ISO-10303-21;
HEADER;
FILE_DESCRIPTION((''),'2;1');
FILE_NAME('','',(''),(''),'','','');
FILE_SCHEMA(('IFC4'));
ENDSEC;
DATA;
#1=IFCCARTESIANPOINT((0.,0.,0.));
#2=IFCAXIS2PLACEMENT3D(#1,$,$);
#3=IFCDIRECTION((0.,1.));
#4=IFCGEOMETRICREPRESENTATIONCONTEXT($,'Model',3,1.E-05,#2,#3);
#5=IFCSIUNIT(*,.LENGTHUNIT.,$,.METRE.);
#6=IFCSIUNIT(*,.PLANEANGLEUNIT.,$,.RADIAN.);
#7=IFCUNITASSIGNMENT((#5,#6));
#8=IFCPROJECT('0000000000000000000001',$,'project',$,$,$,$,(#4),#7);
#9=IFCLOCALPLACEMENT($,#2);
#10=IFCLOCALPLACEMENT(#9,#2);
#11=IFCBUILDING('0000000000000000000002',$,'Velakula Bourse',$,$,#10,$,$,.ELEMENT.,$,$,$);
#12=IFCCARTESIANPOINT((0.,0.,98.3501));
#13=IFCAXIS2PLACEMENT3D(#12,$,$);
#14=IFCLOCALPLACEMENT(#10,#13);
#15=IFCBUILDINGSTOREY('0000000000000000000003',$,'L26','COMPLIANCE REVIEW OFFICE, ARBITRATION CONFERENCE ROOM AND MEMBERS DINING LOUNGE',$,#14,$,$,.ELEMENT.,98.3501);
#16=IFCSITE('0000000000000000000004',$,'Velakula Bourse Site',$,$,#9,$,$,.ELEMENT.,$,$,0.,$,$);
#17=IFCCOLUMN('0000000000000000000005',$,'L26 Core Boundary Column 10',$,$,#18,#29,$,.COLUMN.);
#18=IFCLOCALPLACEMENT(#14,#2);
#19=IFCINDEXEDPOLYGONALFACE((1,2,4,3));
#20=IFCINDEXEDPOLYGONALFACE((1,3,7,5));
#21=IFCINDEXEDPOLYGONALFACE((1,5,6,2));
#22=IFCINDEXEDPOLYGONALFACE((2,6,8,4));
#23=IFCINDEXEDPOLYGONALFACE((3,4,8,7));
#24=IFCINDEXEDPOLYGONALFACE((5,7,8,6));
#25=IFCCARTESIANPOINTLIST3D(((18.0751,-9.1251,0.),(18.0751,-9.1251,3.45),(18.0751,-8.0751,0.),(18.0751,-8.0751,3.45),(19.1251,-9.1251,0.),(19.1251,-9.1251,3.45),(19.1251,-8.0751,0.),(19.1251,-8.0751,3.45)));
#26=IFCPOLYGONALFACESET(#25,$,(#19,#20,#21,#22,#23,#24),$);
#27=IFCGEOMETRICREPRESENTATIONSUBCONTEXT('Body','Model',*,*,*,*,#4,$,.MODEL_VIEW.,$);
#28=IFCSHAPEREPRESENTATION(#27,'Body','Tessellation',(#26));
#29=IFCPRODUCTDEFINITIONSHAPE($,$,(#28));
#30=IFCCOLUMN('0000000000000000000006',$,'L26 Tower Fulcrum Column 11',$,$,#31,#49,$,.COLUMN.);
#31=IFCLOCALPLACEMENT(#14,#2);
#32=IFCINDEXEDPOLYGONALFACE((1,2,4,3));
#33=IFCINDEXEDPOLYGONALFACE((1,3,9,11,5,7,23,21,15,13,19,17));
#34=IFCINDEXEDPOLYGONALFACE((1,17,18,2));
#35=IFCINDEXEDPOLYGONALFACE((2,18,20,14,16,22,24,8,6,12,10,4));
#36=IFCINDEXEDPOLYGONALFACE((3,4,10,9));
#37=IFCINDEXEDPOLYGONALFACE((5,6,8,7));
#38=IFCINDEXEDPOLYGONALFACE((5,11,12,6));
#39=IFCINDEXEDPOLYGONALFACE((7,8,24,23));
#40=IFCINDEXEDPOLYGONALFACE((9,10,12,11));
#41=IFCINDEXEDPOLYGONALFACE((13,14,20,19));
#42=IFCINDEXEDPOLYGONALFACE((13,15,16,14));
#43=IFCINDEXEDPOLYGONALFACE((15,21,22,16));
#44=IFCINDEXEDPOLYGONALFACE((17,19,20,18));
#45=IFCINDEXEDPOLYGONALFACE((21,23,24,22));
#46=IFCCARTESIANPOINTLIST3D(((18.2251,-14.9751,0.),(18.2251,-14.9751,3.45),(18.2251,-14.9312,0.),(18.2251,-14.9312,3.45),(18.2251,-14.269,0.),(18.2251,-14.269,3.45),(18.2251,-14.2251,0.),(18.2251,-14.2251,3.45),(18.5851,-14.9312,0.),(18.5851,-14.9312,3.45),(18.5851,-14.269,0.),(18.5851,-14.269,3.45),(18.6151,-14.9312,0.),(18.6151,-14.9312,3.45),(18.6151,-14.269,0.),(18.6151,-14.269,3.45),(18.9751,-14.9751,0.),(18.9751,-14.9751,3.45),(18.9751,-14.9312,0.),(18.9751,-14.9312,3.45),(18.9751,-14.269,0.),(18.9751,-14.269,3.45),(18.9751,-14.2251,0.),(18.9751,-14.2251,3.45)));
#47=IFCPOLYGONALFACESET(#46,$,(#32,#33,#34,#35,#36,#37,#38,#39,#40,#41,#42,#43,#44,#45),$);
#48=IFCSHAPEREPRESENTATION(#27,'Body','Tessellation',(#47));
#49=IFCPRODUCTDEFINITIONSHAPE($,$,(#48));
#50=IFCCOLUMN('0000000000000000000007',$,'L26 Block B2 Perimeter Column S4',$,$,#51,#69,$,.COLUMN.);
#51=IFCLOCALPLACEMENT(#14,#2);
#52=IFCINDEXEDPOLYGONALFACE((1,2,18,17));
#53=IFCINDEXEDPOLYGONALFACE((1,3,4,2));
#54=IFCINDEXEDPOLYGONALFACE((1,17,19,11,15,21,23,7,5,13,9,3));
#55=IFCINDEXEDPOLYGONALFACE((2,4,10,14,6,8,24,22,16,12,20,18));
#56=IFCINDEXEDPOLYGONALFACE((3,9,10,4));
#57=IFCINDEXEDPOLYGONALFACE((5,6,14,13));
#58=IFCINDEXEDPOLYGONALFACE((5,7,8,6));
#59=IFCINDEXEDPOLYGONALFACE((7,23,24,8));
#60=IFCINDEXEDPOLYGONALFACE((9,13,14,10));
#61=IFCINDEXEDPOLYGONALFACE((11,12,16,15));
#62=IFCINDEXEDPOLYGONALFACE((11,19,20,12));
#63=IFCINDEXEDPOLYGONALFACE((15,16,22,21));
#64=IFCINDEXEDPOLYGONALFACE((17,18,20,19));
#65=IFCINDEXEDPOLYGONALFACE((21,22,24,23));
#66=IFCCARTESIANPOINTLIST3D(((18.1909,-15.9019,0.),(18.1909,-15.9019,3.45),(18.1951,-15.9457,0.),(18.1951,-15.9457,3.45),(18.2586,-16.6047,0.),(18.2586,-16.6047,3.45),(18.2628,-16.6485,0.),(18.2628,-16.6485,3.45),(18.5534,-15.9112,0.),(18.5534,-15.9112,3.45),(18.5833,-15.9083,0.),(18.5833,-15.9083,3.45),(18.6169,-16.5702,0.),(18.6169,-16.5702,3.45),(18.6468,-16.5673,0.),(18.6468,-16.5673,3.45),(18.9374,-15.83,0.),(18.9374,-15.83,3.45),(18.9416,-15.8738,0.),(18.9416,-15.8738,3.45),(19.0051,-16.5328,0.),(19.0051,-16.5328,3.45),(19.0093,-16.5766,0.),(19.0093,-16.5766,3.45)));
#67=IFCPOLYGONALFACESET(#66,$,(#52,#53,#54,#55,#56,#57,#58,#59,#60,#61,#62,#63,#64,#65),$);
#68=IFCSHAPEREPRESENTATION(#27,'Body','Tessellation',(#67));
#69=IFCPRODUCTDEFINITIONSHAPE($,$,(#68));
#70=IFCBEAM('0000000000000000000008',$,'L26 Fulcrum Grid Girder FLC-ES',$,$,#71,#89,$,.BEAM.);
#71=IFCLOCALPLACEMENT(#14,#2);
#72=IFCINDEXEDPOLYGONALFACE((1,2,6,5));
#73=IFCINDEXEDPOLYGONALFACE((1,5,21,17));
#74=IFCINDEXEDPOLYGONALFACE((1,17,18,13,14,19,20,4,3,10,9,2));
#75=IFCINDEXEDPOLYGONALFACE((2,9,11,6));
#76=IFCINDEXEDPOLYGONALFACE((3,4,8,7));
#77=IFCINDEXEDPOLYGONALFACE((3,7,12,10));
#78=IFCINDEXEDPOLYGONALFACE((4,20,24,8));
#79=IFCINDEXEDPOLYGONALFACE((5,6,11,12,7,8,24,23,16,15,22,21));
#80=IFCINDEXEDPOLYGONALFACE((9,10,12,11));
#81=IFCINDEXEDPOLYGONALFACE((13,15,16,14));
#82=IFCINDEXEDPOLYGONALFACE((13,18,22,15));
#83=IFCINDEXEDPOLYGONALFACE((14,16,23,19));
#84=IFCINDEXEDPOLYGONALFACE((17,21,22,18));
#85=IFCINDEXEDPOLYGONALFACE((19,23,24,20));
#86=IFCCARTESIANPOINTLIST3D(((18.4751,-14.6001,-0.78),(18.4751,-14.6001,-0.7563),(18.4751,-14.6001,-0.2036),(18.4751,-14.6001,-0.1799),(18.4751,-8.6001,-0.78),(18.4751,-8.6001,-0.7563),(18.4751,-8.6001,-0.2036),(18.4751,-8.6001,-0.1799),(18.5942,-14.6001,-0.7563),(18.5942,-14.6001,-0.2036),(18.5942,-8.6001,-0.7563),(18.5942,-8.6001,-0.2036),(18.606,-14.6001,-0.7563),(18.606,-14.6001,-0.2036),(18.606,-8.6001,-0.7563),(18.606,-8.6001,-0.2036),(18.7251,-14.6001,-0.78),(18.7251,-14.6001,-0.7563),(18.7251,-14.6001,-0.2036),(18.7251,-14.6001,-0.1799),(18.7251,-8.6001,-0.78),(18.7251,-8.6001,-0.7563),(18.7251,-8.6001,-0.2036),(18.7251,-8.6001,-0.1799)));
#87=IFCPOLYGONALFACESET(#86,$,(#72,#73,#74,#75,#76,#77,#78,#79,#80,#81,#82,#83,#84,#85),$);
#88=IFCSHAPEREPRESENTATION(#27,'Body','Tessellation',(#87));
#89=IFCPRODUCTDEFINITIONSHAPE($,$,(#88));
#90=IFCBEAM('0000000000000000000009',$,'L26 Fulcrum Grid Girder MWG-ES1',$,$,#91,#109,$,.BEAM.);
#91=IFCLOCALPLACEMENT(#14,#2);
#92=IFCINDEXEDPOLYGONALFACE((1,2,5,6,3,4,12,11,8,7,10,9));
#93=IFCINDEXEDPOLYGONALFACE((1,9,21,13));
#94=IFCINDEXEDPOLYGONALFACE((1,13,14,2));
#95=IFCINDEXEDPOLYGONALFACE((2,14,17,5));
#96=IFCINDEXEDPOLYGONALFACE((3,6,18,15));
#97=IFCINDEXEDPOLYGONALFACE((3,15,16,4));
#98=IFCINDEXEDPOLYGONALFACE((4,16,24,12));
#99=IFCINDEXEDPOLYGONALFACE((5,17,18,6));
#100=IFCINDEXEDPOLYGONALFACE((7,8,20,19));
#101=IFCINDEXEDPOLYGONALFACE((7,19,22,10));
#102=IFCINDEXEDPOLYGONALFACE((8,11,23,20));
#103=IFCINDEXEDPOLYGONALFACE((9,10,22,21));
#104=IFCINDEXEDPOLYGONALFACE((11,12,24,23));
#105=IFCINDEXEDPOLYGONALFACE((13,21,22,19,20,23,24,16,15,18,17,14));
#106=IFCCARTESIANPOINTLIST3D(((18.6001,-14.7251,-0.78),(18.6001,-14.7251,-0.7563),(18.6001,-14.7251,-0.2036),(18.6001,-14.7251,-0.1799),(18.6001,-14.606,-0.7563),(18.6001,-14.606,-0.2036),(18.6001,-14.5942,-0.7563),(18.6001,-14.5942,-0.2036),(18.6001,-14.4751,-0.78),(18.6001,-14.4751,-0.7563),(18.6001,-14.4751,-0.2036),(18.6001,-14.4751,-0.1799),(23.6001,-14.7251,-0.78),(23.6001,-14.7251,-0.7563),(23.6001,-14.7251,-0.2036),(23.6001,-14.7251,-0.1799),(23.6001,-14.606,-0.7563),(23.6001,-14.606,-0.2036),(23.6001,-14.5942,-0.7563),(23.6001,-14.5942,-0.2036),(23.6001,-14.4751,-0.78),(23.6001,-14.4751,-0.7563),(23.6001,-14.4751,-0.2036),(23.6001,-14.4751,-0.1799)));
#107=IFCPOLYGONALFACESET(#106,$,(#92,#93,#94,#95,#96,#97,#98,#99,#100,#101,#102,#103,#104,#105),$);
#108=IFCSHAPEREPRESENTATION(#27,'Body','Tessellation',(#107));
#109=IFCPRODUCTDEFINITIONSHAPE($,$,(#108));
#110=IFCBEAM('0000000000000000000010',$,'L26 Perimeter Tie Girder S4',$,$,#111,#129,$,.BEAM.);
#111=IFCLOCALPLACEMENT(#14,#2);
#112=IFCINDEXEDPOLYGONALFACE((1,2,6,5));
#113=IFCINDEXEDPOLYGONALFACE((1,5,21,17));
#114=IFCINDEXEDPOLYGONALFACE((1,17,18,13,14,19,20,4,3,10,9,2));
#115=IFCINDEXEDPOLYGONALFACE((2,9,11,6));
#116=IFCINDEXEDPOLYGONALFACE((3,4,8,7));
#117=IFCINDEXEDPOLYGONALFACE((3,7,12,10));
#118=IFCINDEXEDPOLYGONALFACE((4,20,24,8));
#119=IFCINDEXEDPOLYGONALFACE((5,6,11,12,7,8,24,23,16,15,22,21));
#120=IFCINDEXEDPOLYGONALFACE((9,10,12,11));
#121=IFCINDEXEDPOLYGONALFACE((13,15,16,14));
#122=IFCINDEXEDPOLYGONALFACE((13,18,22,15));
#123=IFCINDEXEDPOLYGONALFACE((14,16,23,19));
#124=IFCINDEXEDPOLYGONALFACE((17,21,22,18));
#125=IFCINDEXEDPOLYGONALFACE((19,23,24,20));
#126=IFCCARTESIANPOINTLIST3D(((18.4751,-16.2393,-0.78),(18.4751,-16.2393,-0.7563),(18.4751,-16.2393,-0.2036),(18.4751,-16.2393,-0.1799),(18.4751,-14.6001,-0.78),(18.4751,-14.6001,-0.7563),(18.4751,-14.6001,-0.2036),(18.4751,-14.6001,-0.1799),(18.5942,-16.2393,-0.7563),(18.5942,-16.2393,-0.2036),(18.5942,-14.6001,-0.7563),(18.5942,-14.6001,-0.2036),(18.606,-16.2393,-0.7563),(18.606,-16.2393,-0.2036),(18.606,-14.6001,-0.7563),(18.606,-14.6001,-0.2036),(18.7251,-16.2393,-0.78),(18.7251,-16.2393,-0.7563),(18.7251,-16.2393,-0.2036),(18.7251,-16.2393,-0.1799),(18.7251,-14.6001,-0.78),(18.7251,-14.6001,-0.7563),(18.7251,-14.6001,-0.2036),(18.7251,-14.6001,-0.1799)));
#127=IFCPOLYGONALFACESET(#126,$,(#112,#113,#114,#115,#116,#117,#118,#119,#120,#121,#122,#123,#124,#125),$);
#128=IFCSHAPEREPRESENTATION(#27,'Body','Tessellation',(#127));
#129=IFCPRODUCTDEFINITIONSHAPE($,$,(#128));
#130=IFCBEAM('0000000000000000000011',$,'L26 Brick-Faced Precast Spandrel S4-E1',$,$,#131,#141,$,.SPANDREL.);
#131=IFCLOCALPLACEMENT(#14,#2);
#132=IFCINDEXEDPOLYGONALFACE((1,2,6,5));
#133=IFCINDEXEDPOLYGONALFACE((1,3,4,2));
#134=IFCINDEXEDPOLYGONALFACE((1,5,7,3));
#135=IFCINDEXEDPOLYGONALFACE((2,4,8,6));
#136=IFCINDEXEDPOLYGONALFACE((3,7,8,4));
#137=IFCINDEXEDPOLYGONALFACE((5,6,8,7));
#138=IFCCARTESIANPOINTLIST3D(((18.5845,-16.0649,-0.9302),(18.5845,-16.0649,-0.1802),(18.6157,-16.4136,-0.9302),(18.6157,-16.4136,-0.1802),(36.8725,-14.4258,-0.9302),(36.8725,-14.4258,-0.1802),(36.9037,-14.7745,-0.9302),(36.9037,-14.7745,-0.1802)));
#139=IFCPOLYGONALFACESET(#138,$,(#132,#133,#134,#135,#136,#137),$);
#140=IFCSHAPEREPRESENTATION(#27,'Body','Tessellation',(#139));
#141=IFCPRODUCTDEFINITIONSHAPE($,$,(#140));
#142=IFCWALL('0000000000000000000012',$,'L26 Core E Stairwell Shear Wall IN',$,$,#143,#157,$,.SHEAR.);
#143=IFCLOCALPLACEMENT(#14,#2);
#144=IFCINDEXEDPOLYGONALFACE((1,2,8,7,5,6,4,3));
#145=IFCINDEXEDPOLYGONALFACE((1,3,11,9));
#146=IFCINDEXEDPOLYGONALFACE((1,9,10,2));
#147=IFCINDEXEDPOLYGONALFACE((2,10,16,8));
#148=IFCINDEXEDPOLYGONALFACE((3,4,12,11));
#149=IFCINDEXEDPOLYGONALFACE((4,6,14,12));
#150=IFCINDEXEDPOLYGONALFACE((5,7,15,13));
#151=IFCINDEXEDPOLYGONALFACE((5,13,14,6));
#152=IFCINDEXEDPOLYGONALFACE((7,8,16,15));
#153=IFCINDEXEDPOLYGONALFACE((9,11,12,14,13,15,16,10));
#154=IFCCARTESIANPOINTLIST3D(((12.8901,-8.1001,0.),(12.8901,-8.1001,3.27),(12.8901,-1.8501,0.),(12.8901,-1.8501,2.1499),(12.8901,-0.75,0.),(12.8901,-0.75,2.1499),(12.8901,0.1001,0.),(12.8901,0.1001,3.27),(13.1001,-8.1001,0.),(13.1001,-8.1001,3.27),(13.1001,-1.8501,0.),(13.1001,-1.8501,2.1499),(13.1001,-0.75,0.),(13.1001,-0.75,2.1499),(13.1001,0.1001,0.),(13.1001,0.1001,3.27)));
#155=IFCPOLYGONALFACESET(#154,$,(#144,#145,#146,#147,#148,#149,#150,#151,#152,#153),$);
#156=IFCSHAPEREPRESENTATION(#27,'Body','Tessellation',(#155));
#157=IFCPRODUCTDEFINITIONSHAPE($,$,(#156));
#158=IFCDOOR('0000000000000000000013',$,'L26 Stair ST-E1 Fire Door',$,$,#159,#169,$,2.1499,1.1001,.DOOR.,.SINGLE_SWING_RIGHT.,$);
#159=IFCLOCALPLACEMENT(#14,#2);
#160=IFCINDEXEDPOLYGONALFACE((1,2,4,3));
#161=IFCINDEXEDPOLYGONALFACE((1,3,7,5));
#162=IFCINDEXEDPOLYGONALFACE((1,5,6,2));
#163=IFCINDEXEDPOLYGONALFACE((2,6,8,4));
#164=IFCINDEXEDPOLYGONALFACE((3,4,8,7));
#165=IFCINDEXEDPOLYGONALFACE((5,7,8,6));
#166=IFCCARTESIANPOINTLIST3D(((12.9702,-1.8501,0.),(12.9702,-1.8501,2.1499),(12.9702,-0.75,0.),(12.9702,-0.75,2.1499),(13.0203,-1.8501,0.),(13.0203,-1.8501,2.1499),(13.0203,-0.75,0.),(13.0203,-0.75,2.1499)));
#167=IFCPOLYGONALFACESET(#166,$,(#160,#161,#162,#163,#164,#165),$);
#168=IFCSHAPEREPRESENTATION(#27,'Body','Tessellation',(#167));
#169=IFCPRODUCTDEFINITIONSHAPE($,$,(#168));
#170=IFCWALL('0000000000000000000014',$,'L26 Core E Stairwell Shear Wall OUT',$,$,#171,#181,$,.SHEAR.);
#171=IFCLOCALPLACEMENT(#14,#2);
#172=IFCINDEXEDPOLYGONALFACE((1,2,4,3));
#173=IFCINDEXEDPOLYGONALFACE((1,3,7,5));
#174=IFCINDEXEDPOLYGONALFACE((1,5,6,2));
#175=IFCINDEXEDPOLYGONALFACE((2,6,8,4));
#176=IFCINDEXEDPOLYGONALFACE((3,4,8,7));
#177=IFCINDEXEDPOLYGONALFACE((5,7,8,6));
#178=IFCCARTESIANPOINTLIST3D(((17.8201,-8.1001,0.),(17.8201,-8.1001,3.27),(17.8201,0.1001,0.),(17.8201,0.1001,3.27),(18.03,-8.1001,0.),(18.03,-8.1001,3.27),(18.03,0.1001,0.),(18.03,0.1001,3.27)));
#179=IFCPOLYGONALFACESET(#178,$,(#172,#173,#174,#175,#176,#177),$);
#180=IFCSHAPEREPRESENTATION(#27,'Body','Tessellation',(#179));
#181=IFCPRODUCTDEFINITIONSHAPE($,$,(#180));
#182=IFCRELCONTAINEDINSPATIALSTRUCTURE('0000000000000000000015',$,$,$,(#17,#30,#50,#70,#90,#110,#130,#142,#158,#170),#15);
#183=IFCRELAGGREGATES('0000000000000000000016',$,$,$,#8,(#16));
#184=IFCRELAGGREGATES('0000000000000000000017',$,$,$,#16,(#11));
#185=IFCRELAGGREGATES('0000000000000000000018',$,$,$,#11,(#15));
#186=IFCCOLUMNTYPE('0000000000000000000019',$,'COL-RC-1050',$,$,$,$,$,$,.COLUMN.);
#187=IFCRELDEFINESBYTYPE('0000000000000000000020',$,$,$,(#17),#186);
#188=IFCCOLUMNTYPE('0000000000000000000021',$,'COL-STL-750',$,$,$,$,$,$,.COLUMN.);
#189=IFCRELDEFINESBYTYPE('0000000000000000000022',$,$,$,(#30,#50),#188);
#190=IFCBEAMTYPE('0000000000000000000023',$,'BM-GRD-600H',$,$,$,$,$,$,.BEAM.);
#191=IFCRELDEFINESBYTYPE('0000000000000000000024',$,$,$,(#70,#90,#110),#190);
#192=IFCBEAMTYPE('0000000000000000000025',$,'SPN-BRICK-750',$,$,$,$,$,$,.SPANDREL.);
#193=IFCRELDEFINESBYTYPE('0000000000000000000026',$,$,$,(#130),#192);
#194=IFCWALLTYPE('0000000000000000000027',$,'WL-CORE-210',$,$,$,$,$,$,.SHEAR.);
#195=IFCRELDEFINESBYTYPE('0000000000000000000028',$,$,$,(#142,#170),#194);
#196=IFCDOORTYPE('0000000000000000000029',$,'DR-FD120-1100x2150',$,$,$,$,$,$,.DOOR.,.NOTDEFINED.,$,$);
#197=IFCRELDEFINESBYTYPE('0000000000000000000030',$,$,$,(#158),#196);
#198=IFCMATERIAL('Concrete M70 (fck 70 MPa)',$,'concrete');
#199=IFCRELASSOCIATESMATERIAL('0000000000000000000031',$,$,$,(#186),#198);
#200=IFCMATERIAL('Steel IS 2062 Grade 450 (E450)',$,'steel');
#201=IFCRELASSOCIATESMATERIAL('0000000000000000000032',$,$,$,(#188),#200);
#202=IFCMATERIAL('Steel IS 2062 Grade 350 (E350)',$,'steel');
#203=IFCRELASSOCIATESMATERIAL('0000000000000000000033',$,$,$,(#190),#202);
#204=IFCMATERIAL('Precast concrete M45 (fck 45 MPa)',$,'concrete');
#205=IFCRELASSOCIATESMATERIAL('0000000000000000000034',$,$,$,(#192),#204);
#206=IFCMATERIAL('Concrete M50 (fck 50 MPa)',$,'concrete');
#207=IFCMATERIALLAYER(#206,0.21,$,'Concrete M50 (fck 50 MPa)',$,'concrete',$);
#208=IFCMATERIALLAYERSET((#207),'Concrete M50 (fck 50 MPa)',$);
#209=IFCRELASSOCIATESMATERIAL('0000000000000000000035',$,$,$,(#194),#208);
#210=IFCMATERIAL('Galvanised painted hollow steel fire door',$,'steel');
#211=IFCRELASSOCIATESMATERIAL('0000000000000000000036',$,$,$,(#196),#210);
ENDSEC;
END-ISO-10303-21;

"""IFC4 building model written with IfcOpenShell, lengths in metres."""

from ifc_helpers import new_model, si_unit, direction, frame, frame_2d, origin, origin_2d, place, context, subcontext, project, spatial, rectangle, i_section, extrude, material, layer, layer_set, material_profile, profile_set, type_object, element, fill, save


model = new_model("IFC4")

# Units and contexts
model_context = context("Model", 3, precision=1e-05, world=origin(), true_north=direction((0.0, 1.0)))
body_context = subcontext(model_context, "Body", "Model", "MODEL_VIEW")
ifc_project = project(units=[si_unit("LENGTHUNIT", "METRE"), si_unit("PLANEANGLEUNIT", "RADIAN")], contexts=[model_context])

# Site, building, storey
site_placement = place(None, origin())
site = spatial("IfcSite", under=ifc_project, at=site_placement, Name="Velakula Bourse Site", CompositionType="ELEMENT", RefElevation=0.0)
building_placement = place(site_placement, origin())
building = spatial("IfcBuilding", under=site, at=building_placement, Name="Velakula Bourse", CompositionType="ELEMENT")
storey_placement = place(building_placement, frame((0.0, 0.0, 98.3501)))
storey = spatial("IfcBuildingStorey", under=building, at=storey_placement, Name="L26", Description="COMPLIANCE REVIEW OFFICE, ARBITRATION CONFERENCE ROOM AND MEMBERS DINING LOUNGE", CompositionType="ELEMENT", Elevation=98.3501)

# Columns
ifc_material_1 = material(Name="Concrete M70 (fck 70 MPa)", Category="concrete")
ifc_material_profile_1 = material_profile(ifc_material_1, rectangle(XDim=1.05, YDim=1.05, at=origin_2d()), Name="Concrete M70 (fck 70 MPa)")
ifc_profile_set_1 = profile_set([ifc_material_profile_1], Name="Concrete M70 (fck 70 MPa)")
column_type_1 = type_object("IfcColumnType", Name="COL-RC-1050", PredefinedType="COLUMN", material=ifc_profile_set_1)
column_placement = place(storey_placement, frame((18.6001, -8.6001, 0.0), z_axis=(0.0, 0.0, 1.0), x_axis=(1.0, 0.0, 0.0)))
element("IfcColumn", 1, at=column_placement, inside=storey, type_object=column_type_1, Name="L26 Core Boundary Column 10", PredefinedType="COLUMN", context=body_context, shape_type="SweptSolid", body=[
    extrude(rectangle(XDim=1.05, YDim=1.05, at=origin_2d()), origin(), (0.0, 0.0, 1.0), 3.45),
])
ifc_material_2 = material(Name="Steel IS 2062 Grade 450 (E450)", Category="steel")
ifc_material_profile_2 = material_profile(ifc_material_2, i_section(OverallWidth=0.75, OverallDepth=0.75, WebThickness=0.03, FlangeThickness=0.0439, at=origin_2d()), Name="Steel IS 2062 Grade 450 (E450)")
ifc_profile_set_2 = profile_set([ifc_material_profile_2], Name="Steel IS 2062 Grade 450 (E450)")
column_type_2 = type_object("IfcColumnType", Name="COL-STL-750", PredefinedType="COLUMN", material=ifc_profile_set_2)
for number, where, z_axis, x_axis, name in (
    (2, (18.6001, -14.6001, 0.0), (0.0, 0.0, 1.0), (1.0, 0.0, 0.0), "L26 Tower Fulcrum Column 11"),
    (3, (18.6001, -16.2393, 0.0), (0.0, 0.0, 1.0), (0.995396, 0.095846, 0.0), "L26 Block B2 Perimeter Column S4"),
):
    element("IfcColumn", number, at=place(storey_placement, frame(where, z_axis=z_axis, x_axis=x_axis)), inside=storey, type_object=column_type_2, Name=name, PredefinedType="COLUMN", context=body_context, shape_type="SweptSolid", body=[
        extrude(i_section(OverallWidth=0.75, OverallDepth=0.75, WebThickness=0.03, FlangeThickness=0.0439, at=origin_2d()), origin(), (0.0, 0.0, 1.0), 3.45),
    ])

# Beams
ifc_material_3 = material(Name="Steel IS 2062 Grade 350 (E350)", Category="steel")
ifc_material_profile_3 = material_profile(ifc_material_3, i_section(OverallWidth=0.25, OverallDepth=0.6001, WebThickness=0.0117, FlangeThickness=0.0237, at=origin_2d()), Name="Steel IS 2062 Grade 350 (E350)")
ifc_profile_set_3 = profile_set([ifc_material_profile_3], Name="Steel IS 2062 Grade 350 (E350)")
beam_type_1 = type_object("IfcBeamType", Name="BM-GRD-600H", PredefinedType="BEAM", material=ifc_profile_set_3)
beam_1_placement = place(storey_placement, frame((18.6001, -14.6001, -0.48), z_axis=(0.0, 1.0, 0.0), x_axis=(-1.0, 0.0, 0.0)))
element("IfcBeam", 4, at=beam_1_placement, inside=storey, type_object=beam_type_1, Name="L26 Fulcrum Grid Girder FLC-ES", PredefinedType="BEAM", context=body_context, shape_type="SweptSolid", body=[
    extrude(i_section(OverallWidth=0.25, OverallDepth=0.6001, WebThickness=0.0117, FlangeThickness=0.0237, at=origin_2d()), origin(), (0.0, 0.0, 1.0), 6.0),
])
beam_2_placement = place(storey_placement, frame((18.6001, -14.6001, -0.48), z_axis=(1.0, 0.0, 0.0), x_axis=(0.0, 1.0, 0.0)))
element("IfcBeam", 5, at=beam_2_placement, inside=storey, type_object=beam_type_1, Name="L26 Fulcrum Grid Girder MWG-ES1", PredefinedType="BEAM", context=body_context, shape_type="SweptSolid", body=[
    extrude(i_section(OverallWidth=0.25, OverallDepth=0.6001, WebThickness=0.0117, FlangeThickness=0.0237, at=origin_2d()), origin(), (0.0, 0.0, 1.0), 5.0),
])
beam_3_placement = place(storey_placement, frame((18.6001, -14.6001, -0.48), z_axis=(0.0, -1.0, 0.0), x_axis=(1.0, 0.0, 0.0)))
element("IfcBeam", 6, at=beam_3_placement, inside=storey, type_object=beam_type_1, Name="L26 Perimeter Tie Girder S4", PredefinedType="BEAM", context=body_context, shape_type="SweptSolid", body=[
    extrude(i_section(OverallWidth=0.25, OverallDepth=0.6001, WebThickness=0.0117, FlangeThickness=0.0237, at=origin_2d()), origin(), (0.0, 0.0, 1.0), 1.6392),
])
ifc_material_4 = material(Name="Precast concrete M45 (fck 45 MPa)", Category="concrete")
ifc_material_profile_4 = material_profile(ifc_material_4, rectangle(XDim=0.3501, YDim=0.75, at=origin_2d()), Name="Precast concrete M45 (fck 45 MPa)")
ifc_profile_set_4 = profile_set([ifc_material_profile_4], Name="Precast concrete M45 (fck 45 MPa)")
beam_type_2 = type_object("IfcBeamType", Name="SPN-BRICK-750", PredefinedType="SPANDREL", material=ifc_profile_set_4)
beam_4_placement = place(storey_placement, frame((18.6001, -16.2393, -0.5552), z_axis=(0.996007, 0.089272, 0.0), x_axis=(-0.089272, 0.996007, 0.0)))
element("IfcBeam", 7, at=beam_4_placement, inside=storey, type_object=beam_type_2, Name="L26 Brick-Faced Precast Spandrel S4-E1", PredefinedType="SPANDREL", context=body_context, shape_type="SweptSolid", body=[
    extrude(rectangle(XDim=0.3501, YDim=0.75, at=origin_2d()), origin(), (0.0, 0.0, 1.0), 18.3613),
])

# Wall, opening, door
ifc_material_5 = material(Name="Concrete M50 (fck 50 MPa)", Category="concrete")
ifc_layer_1 = layer(ifc_material_5, 0.21, Name="Concrete M50 (fck 50 MPa)", Category="concrete")
ifc_layer_set_1 = layer_set([ifc_layer_1], Name="Concrete M50 (fck 50 MPa)")
wall_type_1 = type_object("IfcWallType", Name="WL-CORE-210", PredefinedType="SHEAR", material=ifc_layer_set_1)
wall_1_placement = place(storey_placement, frame((12.9951, -8.1001, 0.0), z_axis=(0.0, 0.0, 1.0), x_axis=(0.0, 1.0, 0.0)))
wall_1 = element("IfcWall", 8, at=wall_1_placement, inside=storey, type_object=wall_type_1, Name="L26 Core E Stairwell Shear Wall IN", PredefinedType="SHEAR", context=body_context, shape_type="SweptSolid", body=[
    extrude(rectangle(XDim=8.2002, YDim=0.21, at=frame_2d((4.1001, 0.0))), origin(), (0.0, 0.0, 1.0), 3.27),
])
opening_1_placement = place(wall_1_placement, frame((6.25, 0.0, 0.0)))
opening_1 = element("IfcOpeningElement", 9, at=opening_1_placement, cuts=wall_1, PredefinedType="OPENING", context=body_context, shape_type="SweptSolid", body=[
    extrude(rectangle(XDim=1.1001, YDim=2.1499, at=frame_2d((0.55, 1.075))), frame((0.0, 0.115, 0.0), z_axis=(0.0, -1.0, 0.0), x_axis=(1.0, 0.0, 0.0)), (0.0, 0.0, 1.0), 0.23),
])
ifc_material_6 = material(Name="Galvanised painted hollow steel fire door", Category="steel")
door_type = type_object("IfcDoorType", Name="DR-FD120-1100x2150", OperationType="NOTDEFINED", PredefinedType="DOOR", material=ifc_material_6)
door_placement = place(opening_1_placement, origin())
door = element("IfcDoor", 10, at=door_placement, inside=storey, type_object=door_type, Name="L26 Stair ST-E1 Fire Door", OperationType="SINGLE_SWING_RIGHT", OverallHeight=2.1499, OverallWidth=1.1001, PredefinedType="DOOR", context=body_context, shape_type="SweptSolid", body=[
    extrude(rectangle(XDim=1.1001, YDim=2.1499, at=frame_2d((0.55, 1.075))), frame((0.0, 0.0249, 0.0), z_axis=(0.0, -1.0, 0.0), x_axis=(1.0, 0.0, 0.0)), (0.0, 0.0, 1.0), 0.05),
])
fill(opening_1, door)

# Wall
wall_2_placement = place(storey_placement, frame((17.925, -8.1001, 0.0), z_axis=(0.0, 0.0, 1.0), x_axis=(0.0, 1.0, 0.0)))
element("IfcWall", 11, at=wall_2_placement, inside=storey, type_object=wall_type_1, Name="L26 Core E Stairwell Shear Wall OUT", PredefinedType="SHEAR", context=body_context, shape_type="SweptSolid", body=[
    extrude(rectangle(XDim=8.2002, YDim=0.21, at=frame_2d((4.1001, 0.0))), origin(), (0.0, 0.0, 1.0), 3.27),
])

save(model, "model.ifc")
